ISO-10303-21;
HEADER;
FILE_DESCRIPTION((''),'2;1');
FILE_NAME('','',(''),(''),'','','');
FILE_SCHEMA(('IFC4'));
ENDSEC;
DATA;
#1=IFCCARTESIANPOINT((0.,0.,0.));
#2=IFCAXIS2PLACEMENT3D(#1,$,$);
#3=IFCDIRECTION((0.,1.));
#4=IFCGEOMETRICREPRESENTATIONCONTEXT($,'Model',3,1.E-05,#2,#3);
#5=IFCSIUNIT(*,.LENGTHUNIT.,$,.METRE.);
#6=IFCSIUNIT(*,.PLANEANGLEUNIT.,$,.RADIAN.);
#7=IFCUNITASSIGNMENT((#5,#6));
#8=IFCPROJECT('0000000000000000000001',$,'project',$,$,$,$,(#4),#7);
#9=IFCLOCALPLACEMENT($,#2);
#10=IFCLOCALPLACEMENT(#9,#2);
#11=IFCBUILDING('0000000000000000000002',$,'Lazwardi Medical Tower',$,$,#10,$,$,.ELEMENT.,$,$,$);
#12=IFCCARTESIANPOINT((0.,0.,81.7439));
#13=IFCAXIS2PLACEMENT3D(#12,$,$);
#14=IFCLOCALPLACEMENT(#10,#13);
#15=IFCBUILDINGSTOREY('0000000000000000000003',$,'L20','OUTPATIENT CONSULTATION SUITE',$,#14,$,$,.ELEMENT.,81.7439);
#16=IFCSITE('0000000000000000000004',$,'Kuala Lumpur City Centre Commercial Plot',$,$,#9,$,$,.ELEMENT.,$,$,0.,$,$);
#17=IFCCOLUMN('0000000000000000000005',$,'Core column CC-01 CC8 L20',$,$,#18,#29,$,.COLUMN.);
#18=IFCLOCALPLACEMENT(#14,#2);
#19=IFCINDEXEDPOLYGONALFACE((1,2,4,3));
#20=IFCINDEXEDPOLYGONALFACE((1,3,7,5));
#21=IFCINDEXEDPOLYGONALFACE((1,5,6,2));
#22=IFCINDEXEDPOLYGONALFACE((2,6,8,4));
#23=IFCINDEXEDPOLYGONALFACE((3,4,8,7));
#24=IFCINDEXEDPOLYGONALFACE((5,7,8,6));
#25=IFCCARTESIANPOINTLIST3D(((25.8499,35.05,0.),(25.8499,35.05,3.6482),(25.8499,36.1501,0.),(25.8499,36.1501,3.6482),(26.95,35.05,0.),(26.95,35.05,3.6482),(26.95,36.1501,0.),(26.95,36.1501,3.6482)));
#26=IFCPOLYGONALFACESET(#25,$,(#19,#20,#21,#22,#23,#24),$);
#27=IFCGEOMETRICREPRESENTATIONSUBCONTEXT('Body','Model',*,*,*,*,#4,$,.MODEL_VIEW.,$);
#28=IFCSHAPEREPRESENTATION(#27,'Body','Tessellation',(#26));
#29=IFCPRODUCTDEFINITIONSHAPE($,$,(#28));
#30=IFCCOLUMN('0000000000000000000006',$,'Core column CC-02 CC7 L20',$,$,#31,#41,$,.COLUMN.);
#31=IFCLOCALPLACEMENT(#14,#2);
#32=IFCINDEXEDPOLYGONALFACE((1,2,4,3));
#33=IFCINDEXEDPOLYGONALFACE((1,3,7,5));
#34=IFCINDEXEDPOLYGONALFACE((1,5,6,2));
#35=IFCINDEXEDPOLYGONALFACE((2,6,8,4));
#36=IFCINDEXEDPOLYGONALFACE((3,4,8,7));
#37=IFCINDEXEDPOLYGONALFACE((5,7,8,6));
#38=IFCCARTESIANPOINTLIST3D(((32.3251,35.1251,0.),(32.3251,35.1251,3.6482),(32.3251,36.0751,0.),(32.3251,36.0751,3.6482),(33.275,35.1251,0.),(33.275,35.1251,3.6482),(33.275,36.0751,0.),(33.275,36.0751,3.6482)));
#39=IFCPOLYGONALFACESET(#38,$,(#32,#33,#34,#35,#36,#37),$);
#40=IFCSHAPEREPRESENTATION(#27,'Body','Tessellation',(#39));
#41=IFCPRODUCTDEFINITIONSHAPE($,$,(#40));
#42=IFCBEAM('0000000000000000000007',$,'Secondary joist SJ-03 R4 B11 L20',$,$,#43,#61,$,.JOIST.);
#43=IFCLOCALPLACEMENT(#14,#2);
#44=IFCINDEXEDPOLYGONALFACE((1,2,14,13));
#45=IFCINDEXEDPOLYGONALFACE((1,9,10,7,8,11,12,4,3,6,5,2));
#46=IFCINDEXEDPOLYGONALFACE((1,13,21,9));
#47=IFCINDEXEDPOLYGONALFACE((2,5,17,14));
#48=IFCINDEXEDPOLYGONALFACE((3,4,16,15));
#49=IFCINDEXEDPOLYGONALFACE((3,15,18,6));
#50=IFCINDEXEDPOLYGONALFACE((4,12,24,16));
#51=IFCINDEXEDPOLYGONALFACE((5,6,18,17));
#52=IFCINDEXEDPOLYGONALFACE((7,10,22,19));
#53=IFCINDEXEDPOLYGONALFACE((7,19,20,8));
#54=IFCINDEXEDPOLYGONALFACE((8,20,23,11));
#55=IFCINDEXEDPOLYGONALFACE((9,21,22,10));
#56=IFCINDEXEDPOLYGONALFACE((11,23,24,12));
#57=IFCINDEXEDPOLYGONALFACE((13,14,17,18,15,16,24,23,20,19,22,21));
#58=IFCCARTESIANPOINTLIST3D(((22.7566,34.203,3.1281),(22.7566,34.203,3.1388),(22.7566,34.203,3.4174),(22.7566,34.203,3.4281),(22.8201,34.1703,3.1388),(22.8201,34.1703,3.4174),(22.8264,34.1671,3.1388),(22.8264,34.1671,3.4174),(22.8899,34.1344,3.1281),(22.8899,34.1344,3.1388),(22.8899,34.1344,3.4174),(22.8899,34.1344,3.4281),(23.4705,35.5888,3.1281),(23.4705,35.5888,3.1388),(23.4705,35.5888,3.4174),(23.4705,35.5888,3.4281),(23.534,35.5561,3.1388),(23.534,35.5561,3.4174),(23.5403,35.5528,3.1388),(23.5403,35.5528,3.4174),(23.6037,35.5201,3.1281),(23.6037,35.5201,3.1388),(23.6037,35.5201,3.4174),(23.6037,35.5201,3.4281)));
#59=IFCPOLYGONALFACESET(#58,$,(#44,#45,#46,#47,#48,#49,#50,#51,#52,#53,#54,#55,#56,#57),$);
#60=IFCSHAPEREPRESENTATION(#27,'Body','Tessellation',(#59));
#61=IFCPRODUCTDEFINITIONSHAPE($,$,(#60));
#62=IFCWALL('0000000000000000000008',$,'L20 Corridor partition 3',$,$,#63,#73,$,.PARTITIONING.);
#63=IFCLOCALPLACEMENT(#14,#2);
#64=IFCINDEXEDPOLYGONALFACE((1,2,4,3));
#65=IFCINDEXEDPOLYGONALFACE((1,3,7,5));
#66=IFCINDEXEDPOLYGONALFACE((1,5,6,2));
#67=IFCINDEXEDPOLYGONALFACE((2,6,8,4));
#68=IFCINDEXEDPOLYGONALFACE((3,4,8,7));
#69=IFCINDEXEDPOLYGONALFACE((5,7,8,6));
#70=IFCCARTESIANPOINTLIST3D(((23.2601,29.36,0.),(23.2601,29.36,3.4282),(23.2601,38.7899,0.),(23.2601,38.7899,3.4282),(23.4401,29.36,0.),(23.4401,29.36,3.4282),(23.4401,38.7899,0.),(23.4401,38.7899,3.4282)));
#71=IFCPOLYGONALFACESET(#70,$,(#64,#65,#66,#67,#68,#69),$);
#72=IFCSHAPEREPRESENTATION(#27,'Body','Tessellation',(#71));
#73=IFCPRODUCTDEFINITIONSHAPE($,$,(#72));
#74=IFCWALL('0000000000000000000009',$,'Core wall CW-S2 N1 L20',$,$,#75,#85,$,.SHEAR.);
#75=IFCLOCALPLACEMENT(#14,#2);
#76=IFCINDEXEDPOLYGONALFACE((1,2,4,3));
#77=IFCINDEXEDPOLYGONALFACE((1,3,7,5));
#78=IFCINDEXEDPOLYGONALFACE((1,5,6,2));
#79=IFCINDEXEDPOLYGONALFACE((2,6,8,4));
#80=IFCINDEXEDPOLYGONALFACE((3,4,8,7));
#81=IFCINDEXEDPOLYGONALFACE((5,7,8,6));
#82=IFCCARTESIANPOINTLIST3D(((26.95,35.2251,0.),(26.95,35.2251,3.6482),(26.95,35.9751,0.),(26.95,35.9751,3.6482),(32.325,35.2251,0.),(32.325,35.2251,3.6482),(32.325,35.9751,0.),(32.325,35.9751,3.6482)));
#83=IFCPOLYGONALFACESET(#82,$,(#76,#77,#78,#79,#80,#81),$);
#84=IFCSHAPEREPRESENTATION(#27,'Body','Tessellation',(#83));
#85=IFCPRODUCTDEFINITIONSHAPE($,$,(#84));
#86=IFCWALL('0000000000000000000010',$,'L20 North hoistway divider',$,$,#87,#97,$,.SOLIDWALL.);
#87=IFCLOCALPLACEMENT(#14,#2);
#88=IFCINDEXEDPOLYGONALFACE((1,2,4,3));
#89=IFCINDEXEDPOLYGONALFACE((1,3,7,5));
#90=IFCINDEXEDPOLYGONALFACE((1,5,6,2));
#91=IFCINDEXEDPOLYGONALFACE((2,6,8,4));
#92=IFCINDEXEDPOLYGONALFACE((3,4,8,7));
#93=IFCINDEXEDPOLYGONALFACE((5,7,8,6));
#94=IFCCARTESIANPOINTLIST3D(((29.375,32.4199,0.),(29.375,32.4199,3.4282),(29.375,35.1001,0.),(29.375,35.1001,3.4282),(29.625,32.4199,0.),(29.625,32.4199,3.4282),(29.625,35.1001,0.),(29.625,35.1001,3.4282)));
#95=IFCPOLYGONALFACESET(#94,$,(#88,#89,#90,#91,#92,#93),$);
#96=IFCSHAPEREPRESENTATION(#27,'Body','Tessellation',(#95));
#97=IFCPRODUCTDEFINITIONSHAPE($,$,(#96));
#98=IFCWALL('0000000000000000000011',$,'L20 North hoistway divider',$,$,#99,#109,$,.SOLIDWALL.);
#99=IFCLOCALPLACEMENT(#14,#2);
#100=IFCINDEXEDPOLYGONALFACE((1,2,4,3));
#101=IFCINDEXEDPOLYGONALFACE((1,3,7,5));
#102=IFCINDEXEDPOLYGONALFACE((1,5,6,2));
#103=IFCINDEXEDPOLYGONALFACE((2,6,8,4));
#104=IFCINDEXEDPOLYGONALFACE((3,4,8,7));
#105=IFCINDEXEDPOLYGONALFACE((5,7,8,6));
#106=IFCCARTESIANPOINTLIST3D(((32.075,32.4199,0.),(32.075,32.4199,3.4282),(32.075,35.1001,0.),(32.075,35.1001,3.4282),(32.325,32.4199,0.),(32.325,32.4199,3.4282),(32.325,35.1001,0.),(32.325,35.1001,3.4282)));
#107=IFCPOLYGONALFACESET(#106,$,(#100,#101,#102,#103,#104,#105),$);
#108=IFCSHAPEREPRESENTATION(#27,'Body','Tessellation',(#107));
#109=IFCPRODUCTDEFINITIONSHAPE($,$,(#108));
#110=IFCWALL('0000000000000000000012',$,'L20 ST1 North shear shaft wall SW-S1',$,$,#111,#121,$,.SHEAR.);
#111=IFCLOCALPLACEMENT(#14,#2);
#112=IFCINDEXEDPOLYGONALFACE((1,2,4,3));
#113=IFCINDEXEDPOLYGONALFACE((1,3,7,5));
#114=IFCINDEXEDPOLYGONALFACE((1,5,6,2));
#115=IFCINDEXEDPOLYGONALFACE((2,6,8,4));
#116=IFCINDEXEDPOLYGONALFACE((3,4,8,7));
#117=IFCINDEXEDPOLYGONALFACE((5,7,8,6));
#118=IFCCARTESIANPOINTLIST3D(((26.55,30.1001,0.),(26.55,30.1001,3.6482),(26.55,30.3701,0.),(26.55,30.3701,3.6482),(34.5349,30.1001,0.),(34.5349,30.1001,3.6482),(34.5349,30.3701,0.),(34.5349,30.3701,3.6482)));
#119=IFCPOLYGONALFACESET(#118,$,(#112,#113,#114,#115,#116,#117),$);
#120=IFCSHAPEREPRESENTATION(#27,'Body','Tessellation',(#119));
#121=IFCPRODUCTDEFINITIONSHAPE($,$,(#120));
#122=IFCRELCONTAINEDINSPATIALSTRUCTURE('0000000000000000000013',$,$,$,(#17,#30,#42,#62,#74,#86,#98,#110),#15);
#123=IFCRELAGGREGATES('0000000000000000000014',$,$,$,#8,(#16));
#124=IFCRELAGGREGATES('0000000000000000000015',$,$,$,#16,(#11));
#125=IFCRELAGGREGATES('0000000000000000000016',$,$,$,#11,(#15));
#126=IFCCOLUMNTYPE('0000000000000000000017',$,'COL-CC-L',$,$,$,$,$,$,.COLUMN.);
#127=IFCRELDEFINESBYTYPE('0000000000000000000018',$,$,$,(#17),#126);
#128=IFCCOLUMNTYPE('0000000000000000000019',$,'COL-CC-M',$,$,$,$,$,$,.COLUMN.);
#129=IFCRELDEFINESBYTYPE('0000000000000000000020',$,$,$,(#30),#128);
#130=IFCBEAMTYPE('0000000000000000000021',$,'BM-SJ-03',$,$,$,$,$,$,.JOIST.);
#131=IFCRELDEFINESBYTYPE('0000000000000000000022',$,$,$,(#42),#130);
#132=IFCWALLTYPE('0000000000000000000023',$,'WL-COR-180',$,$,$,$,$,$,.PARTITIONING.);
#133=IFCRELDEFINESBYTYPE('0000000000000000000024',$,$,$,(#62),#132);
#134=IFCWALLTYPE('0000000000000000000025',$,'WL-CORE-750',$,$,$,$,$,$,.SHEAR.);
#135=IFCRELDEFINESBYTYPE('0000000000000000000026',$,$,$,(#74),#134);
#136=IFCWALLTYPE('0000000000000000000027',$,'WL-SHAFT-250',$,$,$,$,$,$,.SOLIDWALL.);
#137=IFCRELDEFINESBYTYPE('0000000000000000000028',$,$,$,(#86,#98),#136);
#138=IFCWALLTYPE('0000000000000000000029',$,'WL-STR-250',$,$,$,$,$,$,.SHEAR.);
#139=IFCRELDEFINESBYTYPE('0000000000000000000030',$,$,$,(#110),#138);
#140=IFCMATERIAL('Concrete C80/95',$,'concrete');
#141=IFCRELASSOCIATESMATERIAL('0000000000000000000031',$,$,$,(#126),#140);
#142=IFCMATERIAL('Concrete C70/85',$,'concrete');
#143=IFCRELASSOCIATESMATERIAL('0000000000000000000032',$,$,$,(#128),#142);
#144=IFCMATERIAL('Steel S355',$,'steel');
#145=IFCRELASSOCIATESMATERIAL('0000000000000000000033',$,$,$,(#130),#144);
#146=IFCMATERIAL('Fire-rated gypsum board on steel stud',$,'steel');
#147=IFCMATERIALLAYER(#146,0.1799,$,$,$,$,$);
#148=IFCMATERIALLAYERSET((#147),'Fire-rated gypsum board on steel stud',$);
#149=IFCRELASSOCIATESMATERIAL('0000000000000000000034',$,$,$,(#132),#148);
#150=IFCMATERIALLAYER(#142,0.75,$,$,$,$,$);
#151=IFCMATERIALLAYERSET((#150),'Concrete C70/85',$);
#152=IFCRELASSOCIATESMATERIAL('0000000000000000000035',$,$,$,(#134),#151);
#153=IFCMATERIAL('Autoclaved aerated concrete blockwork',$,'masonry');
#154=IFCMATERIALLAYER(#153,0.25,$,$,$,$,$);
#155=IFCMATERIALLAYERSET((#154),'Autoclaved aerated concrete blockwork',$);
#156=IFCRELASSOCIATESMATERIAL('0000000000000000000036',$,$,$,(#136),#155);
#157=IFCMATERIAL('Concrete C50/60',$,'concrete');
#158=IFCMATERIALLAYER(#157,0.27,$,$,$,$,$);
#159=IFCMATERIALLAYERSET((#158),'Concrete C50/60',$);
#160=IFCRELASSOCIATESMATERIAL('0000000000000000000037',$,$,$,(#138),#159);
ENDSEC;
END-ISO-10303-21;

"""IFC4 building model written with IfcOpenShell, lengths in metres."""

from ifc_helpers import new_model, si_unit, direction, frame, frame_2d, origin, origin_2d, place, context, subcontext, project, spatial, rectangle, i_section, extrude, material, layer, layer_set, material_profile, profile_set, type_object, element, save


model = new_model("IFC4")

# Units and contexts
model_context = context("Model", 3, precision=1e-05, world=origin(), true_north=direction((0.0, 1.0)))
body_context = subcontext(model_context, "Body", "Model", "MODEL_VIEW")
ifc_project = project(units=[si_unit("LENGTHUNIT", "METRE"), si_unit("PLANEANGLEUNIT", "RADIAN")], contexts=[model_context])

# Site, building, storey
site_placement = place(None, origin())
site = spatial("IfcSite", under=ifc_project, at=site_placement, Name="Kuala Lumpur City Centre Commercial Plot", CompositionType="ELEMENT", RefElevation=0.0)
building_placement = place(site_placement, origin())
building = spatial("IfcBuilding", under=site, at=building_placement, Name="Lazwardi Medical Tower", CompositionType="ELEMENT")
storey_placement = place(building_placement, frame((0.0, 0.0, 81.7439)))
storey = spatial("IfcBuildingStorey", under=building, at=storey_placement, Name="L20", Description="OUTPATIENT CONSULTATION SUITE", CompositionType="ELEMENT", Elevation=81.7439)

# Columns
ifc_material_1 = material(Name="Concrete C80/95", Category="concrete")
ifc_material_profile_1 = material_profile(ifc_material_1, rectangle(XDim=1.1001, YDim=1.1001, at=origin_2d()), Name="RC 1100x1100")
ifc_profile_set_1 = profile_set([ifc_material_profile_1], Name="Concrete C80/95")
column_type_1 = type_object("IfcColumnType", Name="COL-CC-L", PredefinedType="COLUMN", material=ifc_profile_set_1)
column_1_placement = place(storey_placement, frame((26.3999, 35.6001, 0.0), z_axis=(0.0, 0.0, 1.0), x_axis=(1.0, 0.0, 0.0)))
element("IfcColumn", 1, at=column_1_placement, inside=storey, type_object=column_type_1, Name="Core column CC-01 CC8 L20", PredefinedType="COLUMN", context=body_context, shape_type="SweptSolid", body=[
    extrude(rectangle(XDim=1.1001, YDim=1.1001, at=origin_2d()), origin(), (0.0, 0.0, 1.0), 3.6482),
])
ifc_material_2 = material(Name="Concrete C70/85", Category="concrete")
ifc_material_profile_2 = material_profile(ifc_material_2, rectangle(XDim=0.95, YDim=0.95, at=origin_2d()), Name="RC 950x950")
ifc_profile_set_2 = profile_set([ifc_material_profile_2], Name="Concrete C70/85")
column_type_2 = type_object("IfcColumnType", Name="COL-CC-M", PredefinedType="COLUMN", material=ifc_profile_set_2)
column_2_placement = place(storey_placement, frame((32.8, 35.6001, 0.0), z_axis=(0.0, 0.0, 1.0), x_axis=(1.0, 0.0, 0.0)))
element("IfcColumn", 2, at=column_2_placement, inside=storey, type_object=column_type_2, Name="Core column CC-02 CC7 L20", PredefinedType="COLUMN", context=body_context, shape_type="SweptSolid", body=[
    extrude(rectangle(XDim=0.95, YDim=0.95, at=origin_2d()), origin(), (0.0, 0.0, 1.0), 3.6482),
])

# Beam
ifc_material_3 = material(Name="Steel S355", Category="steel")
ifc_material_profile_3 = material_profile(ifc_material_3, i_section(OverallWidth=0.1499, OverallDepth=0.3, WebThickness=0.0071, FlangeThickness=0.0107, at=origin_2d()), Name="IPE 300")
ifc_profile_set_3 = profile_set([ifc_material_profile_3], Name="Steel S355")
beam_type = type_object("IfcBeamType", Name="BM-SJ-03", PredefinedType="JOIST", material=ifc_profile_set_3)
beam_placement = place(storey_placement, frame((23.5371, 35.5544, 3.2781), z_axis=(-0.457957, -0.888975, 0.0), x_axis=(0.888975, -0.457957, 0.0)))
element("IfcBeam", 3, at=beam_placement, inside=storey, type_object=beam_type, Name="Secondary joist SJ-03 R4 B11 L20", PredefinedType="JOIST", context=body_context, shape_type="SweptSolid", body=[
    extrude(i_section(OverallWidth=0.1499, OverallDepth=0.3, WebThickness=0.0071, FlangeThickness=0.0107, at=origin_2d()), origin(), (0.0, 0.0, 1.0), 1.5588),
])

# Walls
ifc_material_4 = material(Name="Fire-rated gypsum board on steel stud", Category="steel")
ifc_layer_1 = layer(ifc_material_4, 0.1799)
ifc_layer_set_1 = layer_set([ifc_layer_1], Name="Fire-rated gypsum board on steel stud")
wall_type_1 = type_object("IfcWallType", Name="WL-COR-180", PredefinedType="PARTITIONING", material=ifc_layer_set_1)
wall_1_placement = place(storey_placement, frame((23.3501, 29.3601, 0.0), z_axis=(0.0, 0.0, 1.0), x_axis=(0.0, 1.0, 0.0)))
element("IfcWall", 4, at=wall_1_placement, inside=storey, type_object=wall_type_1, Name="L20 Corridor partition 3", PredefinedType="PARTITIONING", context=body_context, shape_type="SweptSolid", body=[
    extrude(rectangle(XDim=9.4299, YDim=0.1799, at=frame_2d((4.7148, 0.0))), origin(), (0.0, 0.0, 1.0), 3.4282),
])
ifc_layer_2 = layer(ifc_material_2, 0.75)
ifc_layer_set_2 = layer_set([ifc_layer_2], Name="Concrete C70/85")
wall_type_2 = type_object("IfcWallType", Name="WL-CORE-750", PredefinedType="SHEAR", material=ifc_layer_set_2)
wall_2_placement = place(storey_placement, frame((26.95, 35.6001, 0.0), z_axis=(0.0, 0.0, 1.0), x_axis=(1.0, 0.0, 0.0)))
element("IfcWall", 5, at=wall_2_placement, inside=storey, type_object=wall_type_2, Name="Core wall CW-S2 N1 L20", PredefinedType="SHEAR", context=body_context, shape_type="SweptSolid", body=[
    extrude(rectangle(XDim=5.375, YDim=0.75, at=frame_2d((2.6875, 0.0))), origin(), (0.0, 0.0, 1.0), 3.6482),
])
ifc_material_5 = material(Name="Autoclaved aerated concrete blockwork", Category="masonry")
ifc_layer_3 = layer(ifc_material_5, 0.25)
ifc_layer_set_3 = layer_set([ifc_layer_3], Name="Autoclaved aerated concrete blockwork")
wall_type_3 = type_object("IfcWallType", Name="WL-SHAFT-250", PredefinedType="SOLIDWALL", material=ifc_layer_set_3)
for number, where, z_axis, x_axis, name in (
    (6, (29.5, 32.4199, 0.0), (0.0, 0.0, 1.0), (0.0, 1.0, 0.0), "L20 North hoistway divider"),
    (7, (32.2, 32.4199, 0.0), (0.0, 0.0, 1.0), (0.0, 1.0, 0.0), "L20 North hoistway divider"),
):
    element("IfcWall", number, at=place(storey_placement, frame(where, z_axis=z_axis, x_axis=x_axis)), inside=storey, type_object=wall_type_3, Name=name, PredefinedType="SOLIDWALL", context=body_context, shape_type="SweptSolid", body=[
        extrude(rectangle(XDim=2.6802, YDim=0.25, at=frame_2d((1.3401, 0.0))), origin(), (0.0, 0.0, 1.0), 3.4282),
    ])
ifc_material_6 = material(Name="Concrete C50/60", Category="concrete")
ifc_layer_4 = layer(ifc_material_6, 0.27)
ifc_layer_set_4 = layer_set([ifc_layer_4], Name="Concrete C50/60")
wall_type_4 = type_object("IfcWallType", Name="WL-STR-250", PredefinedType="SHEAR", material=ifc_layer_set_4)
wall_3_placement = place(storey_placement, frame((26.55, 30.2351, 0.0), z_axis=(0.0, 0.0, 1.0), x_axis=(1.0, 0.0, 0.0)))
element("IfcWall", 8, at=wall_3_placement, inside=storey, type_object=wall_type_4, Name="L20 ST1 North shear shaft wall SW-S1", PredefinedType="SHEAR", context=body_context, shape_type="SweptSolid", body=[
    extrude(rectangle(XDim=7.9849, YDim=0.27, at=frame_2d((3.9924, 0.0))), origin(), (0.0, 0.0, 1.0), 3.6482),
])

save(model, "model.ifc")
